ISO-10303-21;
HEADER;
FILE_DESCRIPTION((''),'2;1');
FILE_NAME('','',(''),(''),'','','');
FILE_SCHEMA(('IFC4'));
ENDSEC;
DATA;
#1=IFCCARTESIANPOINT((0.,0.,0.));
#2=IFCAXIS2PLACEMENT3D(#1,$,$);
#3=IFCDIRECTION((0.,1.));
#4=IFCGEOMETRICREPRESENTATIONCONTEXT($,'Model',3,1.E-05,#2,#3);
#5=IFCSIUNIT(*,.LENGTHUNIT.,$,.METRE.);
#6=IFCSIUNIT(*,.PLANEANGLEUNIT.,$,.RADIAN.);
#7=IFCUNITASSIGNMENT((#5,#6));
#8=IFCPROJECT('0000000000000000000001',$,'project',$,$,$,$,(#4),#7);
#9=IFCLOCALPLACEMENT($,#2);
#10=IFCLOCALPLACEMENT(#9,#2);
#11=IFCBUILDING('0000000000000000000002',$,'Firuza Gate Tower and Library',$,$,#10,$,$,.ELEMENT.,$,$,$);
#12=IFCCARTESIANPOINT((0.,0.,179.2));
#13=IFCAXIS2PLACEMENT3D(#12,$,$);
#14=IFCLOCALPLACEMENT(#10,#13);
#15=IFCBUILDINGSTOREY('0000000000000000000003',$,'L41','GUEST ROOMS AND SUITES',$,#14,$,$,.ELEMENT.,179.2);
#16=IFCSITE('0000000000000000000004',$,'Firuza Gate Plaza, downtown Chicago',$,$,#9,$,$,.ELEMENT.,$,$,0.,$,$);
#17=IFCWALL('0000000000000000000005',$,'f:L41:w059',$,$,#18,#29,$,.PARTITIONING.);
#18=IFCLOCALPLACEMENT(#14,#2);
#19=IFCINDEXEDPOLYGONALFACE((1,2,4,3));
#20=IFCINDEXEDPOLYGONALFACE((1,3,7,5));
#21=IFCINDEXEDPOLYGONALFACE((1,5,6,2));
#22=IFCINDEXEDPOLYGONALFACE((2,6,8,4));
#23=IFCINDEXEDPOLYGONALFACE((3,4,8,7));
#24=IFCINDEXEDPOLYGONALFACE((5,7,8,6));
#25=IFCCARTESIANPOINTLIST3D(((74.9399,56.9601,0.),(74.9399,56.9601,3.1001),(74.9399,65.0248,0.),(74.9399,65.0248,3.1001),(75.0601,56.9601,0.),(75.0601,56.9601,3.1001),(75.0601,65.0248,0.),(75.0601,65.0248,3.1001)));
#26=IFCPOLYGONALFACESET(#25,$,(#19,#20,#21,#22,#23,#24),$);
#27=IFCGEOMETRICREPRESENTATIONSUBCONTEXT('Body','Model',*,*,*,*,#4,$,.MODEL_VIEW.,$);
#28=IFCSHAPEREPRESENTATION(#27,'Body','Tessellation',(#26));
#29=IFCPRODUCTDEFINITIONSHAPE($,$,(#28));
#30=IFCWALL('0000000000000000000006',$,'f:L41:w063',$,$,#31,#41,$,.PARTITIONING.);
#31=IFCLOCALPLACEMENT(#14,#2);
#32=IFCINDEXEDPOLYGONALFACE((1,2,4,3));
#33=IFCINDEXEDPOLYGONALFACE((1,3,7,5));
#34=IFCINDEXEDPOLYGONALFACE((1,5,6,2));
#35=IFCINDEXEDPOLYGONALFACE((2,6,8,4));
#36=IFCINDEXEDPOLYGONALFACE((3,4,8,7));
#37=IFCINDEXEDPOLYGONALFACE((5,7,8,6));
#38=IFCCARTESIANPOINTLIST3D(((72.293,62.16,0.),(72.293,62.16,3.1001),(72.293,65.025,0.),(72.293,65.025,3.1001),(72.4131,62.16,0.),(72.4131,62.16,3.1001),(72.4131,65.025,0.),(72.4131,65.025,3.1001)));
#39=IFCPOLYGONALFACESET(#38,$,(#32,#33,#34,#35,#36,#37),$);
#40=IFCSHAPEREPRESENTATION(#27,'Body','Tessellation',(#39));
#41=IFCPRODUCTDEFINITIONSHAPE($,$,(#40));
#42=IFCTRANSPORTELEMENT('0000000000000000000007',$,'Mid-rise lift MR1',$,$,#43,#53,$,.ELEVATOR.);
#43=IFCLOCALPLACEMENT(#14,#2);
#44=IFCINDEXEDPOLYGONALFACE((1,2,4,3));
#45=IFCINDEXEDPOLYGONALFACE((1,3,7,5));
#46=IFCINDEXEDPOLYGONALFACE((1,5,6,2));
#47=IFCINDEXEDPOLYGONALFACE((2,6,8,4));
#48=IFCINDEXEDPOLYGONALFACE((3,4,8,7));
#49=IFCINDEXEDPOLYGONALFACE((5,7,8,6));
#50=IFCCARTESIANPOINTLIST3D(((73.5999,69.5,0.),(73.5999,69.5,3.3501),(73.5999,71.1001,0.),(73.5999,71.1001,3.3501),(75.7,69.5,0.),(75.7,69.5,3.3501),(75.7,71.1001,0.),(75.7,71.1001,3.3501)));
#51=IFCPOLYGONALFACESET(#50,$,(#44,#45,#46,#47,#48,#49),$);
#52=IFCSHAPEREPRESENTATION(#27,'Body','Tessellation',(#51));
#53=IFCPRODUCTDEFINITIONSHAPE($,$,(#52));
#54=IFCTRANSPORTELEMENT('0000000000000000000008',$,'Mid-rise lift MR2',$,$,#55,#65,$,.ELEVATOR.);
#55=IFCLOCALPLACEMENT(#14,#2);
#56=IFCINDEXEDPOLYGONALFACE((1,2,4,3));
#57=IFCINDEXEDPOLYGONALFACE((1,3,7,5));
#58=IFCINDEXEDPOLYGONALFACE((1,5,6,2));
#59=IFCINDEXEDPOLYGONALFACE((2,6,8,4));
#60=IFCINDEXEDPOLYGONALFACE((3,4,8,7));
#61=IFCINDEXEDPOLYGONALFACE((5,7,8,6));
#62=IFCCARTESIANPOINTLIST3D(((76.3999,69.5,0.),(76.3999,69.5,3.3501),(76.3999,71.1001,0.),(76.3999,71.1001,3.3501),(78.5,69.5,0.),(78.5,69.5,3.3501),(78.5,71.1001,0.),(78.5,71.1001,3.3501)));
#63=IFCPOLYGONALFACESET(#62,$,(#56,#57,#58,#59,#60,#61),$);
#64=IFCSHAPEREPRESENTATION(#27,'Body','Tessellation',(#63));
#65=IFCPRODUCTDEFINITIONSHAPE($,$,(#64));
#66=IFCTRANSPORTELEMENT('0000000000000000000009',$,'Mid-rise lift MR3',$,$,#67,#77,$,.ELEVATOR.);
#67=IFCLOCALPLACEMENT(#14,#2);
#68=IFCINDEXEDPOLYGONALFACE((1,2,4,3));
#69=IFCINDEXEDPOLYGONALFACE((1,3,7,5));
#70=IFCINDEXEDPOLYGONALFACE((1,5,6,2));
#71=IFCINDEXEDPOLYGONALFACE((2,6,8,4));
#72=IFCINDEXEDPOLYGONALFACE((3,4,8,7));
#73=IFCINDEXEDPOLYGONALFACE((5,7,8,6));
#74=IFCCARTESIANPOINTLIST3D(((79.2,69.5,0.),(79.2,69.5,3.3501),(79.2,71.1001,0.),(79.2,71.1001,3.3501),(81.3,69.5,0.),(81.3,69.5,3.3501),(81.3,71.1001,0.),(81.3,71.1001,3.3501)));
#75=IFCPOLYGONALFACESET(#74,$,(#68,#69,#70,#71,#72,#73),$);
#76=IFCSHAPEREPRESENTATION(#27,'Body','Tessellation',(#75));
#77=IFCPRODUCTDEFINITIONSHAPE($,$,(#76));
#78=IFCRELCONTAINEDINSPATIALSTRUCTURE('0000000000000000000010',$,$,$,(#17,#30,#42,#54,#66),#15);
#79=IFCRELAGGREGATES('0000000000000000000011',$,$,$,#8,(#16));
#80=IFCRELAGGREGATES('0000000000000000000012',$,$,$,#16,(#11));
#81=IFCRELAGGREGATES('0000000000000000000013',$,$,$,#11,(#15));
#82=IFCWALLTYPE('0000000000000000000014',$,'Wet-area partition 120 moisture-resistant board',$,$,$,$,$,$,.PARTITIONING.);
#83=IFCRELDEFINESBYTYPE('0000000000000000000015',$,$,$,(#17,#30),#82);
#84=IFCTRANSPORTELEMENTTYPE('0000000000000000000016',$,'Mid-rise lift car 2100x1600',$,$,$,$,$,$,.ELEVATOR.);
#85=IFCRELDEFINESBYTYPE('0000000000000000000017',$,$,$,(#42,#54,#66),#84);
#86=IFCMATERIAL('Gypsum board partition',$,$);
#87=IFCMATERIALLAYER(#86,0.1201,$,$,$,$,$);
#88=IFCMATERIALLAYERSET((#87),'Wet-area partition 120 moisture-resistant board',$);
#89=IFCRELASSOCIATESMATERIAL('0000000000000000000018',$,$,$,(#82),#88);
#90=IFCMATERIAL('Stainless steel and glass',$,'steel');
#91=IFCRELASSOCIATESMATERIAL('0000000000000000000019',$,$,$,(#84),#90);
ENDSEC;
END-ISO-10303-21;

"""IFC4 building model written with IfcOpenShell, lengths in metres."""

from ifc_helpers import new_model, si_unit, direction, frame, frame_2d, origin, origin_2d, place, context, subcontext, project, spatial, rectangle, extrude, material, layer, layer_set, type_object, element, save


model = new_model("IFC4")

# Units and contexts
model_context = context("Model", 3, precision=1e-05, world=origin(), true_north=direction((0.0, 1.0)))
body_context = subcontext(model_context, "Body", "Model", "MODEL_VIEW")
ifc_project = project(units=[si_unit("LENGTHUNIT", "METRE"), si_unit("PLANEANGLEUNIT", "RADIAN")], contexts=[model_context])

# Site, building, storey
site_placement = place(None, origin())
site = spatial("IfcSite", under=ifc_project, at=site_placement, Name="Firuza Gate Plaza, downtown Chicago", CompositionType="ELEMENT", RefElevation=0.0)
building_placement = place(site_placement, origin())
building = spatial("IfcBuilding", under=site, at=building_placement, Name="Firuza Gate Tower and Library", CompositionType="ELEMENT")
storey_placement = place(building_placement, frame((0.0, 0.0, 179.2)))
storey = spatial("IfcBuildingStorey", under=building, at=storey_placement, Name="L41", Description="GUEST ROOMS AND SUITES", CompositionType="ELEMENT", Elevation=179.2)

# Shared definitions
ifc_material_1 = material(Name="Gypsum board partition")
ifc_layer_1 = layer(ifc_material_1, 0.1201)
ifc_layer_set_1 = layer_set([ifc_layer_1], Name="Wet-area partition 120 moisture-resistant board")
wall_type_1 = type_object("IfcWallType", Name="Wet-area partition 120 moisture-resistant board", PredefinedType="PARTITIONING", material=ifc_layer_set_1)

# Walls
wall_1_placement = place(storey_placement, frame((75.0, 56.9602, 0.0), z_axis=(0.0, 0.0, 1.0), x_axis=(0.0, 1.0, 0.0)))
element("IfcWall", 1, at=wall_1_placement, inside=storey, type_object=wall_type_1, Name="f:L41:w059", PredefinedType="PARTITIONING", context=body_context, shape_type="SweptSolid", body=[
    extrude(rectangle(XDim=8.0647, YDim=0.1201, at=frame_2d((4.0322, 0.0))), origin(), (0.0, 0.0, 1.0), 3.1001),
])
wall_2_placement = place(storey_placement, frame((72.353, 62.1599, 0.0), z_axis=(0.0, 0.0, 1.0), x_axis=(0.0, 1.0, 0.0)))
element("IfcWall", 2, at=wall_2_placement, inside=storey, type_object=wall_type_1, Name="f:L41:w063", PredefinedType="PARTITIONING", context=body_context, shape_type="SweptSolid", body=[
    extrude(rectangle(XDim=2.865, YDim=0.1201, at=frame_2d((1.4326, 0.0))), origin(), (0.0, 0.0, 1.0), 3.1001),
])

# Transport elements
ifc_material_2 = material(Name="Stainless steel and glass", Category="steel")
transport_element_type = type_object("IfcTransportElementType", Name="Mid-rise lift car 2100x1600", PredefinedType="ELEVATOR", material=ifc_material_2)
for number, where, z_axis, x_axis, name in (
    (3, (74.6499, 70.3, 0.0), (0.0, 0.0, 1.0), (1.0, 0.0, 0.0), "Mid-rise lift MR1"),
    (4, (77.45, 70.3, 0.0), (0.0, 0.0, 1.0), (1.0, 0.0, 0.0), "Mid-rise lift MR2"),
    (5, (80.25, 70.3, 0.0), (0.0, 0.0, 1.0), (1.0, 0.0, 0.0), "Mid-rise lift MR3"),
):
    element("IfcTransportElement", number, at=place(storey_placement, frame(where, z_axis=z_axis, x_axis=x_axis)), inside=storey, type_object=transport_element_type, Name=name, PredefinedType="ELEVATOR", context=body_context, shape_type="SweptSolid", body=[
        extrude(rectangle(XDim=2.1001, YDim=1.6001, at=origin_2d()), origin(), (0.0, 0.0, 1.0), 3.3501),
    ])

save(model, "model.ifc")
